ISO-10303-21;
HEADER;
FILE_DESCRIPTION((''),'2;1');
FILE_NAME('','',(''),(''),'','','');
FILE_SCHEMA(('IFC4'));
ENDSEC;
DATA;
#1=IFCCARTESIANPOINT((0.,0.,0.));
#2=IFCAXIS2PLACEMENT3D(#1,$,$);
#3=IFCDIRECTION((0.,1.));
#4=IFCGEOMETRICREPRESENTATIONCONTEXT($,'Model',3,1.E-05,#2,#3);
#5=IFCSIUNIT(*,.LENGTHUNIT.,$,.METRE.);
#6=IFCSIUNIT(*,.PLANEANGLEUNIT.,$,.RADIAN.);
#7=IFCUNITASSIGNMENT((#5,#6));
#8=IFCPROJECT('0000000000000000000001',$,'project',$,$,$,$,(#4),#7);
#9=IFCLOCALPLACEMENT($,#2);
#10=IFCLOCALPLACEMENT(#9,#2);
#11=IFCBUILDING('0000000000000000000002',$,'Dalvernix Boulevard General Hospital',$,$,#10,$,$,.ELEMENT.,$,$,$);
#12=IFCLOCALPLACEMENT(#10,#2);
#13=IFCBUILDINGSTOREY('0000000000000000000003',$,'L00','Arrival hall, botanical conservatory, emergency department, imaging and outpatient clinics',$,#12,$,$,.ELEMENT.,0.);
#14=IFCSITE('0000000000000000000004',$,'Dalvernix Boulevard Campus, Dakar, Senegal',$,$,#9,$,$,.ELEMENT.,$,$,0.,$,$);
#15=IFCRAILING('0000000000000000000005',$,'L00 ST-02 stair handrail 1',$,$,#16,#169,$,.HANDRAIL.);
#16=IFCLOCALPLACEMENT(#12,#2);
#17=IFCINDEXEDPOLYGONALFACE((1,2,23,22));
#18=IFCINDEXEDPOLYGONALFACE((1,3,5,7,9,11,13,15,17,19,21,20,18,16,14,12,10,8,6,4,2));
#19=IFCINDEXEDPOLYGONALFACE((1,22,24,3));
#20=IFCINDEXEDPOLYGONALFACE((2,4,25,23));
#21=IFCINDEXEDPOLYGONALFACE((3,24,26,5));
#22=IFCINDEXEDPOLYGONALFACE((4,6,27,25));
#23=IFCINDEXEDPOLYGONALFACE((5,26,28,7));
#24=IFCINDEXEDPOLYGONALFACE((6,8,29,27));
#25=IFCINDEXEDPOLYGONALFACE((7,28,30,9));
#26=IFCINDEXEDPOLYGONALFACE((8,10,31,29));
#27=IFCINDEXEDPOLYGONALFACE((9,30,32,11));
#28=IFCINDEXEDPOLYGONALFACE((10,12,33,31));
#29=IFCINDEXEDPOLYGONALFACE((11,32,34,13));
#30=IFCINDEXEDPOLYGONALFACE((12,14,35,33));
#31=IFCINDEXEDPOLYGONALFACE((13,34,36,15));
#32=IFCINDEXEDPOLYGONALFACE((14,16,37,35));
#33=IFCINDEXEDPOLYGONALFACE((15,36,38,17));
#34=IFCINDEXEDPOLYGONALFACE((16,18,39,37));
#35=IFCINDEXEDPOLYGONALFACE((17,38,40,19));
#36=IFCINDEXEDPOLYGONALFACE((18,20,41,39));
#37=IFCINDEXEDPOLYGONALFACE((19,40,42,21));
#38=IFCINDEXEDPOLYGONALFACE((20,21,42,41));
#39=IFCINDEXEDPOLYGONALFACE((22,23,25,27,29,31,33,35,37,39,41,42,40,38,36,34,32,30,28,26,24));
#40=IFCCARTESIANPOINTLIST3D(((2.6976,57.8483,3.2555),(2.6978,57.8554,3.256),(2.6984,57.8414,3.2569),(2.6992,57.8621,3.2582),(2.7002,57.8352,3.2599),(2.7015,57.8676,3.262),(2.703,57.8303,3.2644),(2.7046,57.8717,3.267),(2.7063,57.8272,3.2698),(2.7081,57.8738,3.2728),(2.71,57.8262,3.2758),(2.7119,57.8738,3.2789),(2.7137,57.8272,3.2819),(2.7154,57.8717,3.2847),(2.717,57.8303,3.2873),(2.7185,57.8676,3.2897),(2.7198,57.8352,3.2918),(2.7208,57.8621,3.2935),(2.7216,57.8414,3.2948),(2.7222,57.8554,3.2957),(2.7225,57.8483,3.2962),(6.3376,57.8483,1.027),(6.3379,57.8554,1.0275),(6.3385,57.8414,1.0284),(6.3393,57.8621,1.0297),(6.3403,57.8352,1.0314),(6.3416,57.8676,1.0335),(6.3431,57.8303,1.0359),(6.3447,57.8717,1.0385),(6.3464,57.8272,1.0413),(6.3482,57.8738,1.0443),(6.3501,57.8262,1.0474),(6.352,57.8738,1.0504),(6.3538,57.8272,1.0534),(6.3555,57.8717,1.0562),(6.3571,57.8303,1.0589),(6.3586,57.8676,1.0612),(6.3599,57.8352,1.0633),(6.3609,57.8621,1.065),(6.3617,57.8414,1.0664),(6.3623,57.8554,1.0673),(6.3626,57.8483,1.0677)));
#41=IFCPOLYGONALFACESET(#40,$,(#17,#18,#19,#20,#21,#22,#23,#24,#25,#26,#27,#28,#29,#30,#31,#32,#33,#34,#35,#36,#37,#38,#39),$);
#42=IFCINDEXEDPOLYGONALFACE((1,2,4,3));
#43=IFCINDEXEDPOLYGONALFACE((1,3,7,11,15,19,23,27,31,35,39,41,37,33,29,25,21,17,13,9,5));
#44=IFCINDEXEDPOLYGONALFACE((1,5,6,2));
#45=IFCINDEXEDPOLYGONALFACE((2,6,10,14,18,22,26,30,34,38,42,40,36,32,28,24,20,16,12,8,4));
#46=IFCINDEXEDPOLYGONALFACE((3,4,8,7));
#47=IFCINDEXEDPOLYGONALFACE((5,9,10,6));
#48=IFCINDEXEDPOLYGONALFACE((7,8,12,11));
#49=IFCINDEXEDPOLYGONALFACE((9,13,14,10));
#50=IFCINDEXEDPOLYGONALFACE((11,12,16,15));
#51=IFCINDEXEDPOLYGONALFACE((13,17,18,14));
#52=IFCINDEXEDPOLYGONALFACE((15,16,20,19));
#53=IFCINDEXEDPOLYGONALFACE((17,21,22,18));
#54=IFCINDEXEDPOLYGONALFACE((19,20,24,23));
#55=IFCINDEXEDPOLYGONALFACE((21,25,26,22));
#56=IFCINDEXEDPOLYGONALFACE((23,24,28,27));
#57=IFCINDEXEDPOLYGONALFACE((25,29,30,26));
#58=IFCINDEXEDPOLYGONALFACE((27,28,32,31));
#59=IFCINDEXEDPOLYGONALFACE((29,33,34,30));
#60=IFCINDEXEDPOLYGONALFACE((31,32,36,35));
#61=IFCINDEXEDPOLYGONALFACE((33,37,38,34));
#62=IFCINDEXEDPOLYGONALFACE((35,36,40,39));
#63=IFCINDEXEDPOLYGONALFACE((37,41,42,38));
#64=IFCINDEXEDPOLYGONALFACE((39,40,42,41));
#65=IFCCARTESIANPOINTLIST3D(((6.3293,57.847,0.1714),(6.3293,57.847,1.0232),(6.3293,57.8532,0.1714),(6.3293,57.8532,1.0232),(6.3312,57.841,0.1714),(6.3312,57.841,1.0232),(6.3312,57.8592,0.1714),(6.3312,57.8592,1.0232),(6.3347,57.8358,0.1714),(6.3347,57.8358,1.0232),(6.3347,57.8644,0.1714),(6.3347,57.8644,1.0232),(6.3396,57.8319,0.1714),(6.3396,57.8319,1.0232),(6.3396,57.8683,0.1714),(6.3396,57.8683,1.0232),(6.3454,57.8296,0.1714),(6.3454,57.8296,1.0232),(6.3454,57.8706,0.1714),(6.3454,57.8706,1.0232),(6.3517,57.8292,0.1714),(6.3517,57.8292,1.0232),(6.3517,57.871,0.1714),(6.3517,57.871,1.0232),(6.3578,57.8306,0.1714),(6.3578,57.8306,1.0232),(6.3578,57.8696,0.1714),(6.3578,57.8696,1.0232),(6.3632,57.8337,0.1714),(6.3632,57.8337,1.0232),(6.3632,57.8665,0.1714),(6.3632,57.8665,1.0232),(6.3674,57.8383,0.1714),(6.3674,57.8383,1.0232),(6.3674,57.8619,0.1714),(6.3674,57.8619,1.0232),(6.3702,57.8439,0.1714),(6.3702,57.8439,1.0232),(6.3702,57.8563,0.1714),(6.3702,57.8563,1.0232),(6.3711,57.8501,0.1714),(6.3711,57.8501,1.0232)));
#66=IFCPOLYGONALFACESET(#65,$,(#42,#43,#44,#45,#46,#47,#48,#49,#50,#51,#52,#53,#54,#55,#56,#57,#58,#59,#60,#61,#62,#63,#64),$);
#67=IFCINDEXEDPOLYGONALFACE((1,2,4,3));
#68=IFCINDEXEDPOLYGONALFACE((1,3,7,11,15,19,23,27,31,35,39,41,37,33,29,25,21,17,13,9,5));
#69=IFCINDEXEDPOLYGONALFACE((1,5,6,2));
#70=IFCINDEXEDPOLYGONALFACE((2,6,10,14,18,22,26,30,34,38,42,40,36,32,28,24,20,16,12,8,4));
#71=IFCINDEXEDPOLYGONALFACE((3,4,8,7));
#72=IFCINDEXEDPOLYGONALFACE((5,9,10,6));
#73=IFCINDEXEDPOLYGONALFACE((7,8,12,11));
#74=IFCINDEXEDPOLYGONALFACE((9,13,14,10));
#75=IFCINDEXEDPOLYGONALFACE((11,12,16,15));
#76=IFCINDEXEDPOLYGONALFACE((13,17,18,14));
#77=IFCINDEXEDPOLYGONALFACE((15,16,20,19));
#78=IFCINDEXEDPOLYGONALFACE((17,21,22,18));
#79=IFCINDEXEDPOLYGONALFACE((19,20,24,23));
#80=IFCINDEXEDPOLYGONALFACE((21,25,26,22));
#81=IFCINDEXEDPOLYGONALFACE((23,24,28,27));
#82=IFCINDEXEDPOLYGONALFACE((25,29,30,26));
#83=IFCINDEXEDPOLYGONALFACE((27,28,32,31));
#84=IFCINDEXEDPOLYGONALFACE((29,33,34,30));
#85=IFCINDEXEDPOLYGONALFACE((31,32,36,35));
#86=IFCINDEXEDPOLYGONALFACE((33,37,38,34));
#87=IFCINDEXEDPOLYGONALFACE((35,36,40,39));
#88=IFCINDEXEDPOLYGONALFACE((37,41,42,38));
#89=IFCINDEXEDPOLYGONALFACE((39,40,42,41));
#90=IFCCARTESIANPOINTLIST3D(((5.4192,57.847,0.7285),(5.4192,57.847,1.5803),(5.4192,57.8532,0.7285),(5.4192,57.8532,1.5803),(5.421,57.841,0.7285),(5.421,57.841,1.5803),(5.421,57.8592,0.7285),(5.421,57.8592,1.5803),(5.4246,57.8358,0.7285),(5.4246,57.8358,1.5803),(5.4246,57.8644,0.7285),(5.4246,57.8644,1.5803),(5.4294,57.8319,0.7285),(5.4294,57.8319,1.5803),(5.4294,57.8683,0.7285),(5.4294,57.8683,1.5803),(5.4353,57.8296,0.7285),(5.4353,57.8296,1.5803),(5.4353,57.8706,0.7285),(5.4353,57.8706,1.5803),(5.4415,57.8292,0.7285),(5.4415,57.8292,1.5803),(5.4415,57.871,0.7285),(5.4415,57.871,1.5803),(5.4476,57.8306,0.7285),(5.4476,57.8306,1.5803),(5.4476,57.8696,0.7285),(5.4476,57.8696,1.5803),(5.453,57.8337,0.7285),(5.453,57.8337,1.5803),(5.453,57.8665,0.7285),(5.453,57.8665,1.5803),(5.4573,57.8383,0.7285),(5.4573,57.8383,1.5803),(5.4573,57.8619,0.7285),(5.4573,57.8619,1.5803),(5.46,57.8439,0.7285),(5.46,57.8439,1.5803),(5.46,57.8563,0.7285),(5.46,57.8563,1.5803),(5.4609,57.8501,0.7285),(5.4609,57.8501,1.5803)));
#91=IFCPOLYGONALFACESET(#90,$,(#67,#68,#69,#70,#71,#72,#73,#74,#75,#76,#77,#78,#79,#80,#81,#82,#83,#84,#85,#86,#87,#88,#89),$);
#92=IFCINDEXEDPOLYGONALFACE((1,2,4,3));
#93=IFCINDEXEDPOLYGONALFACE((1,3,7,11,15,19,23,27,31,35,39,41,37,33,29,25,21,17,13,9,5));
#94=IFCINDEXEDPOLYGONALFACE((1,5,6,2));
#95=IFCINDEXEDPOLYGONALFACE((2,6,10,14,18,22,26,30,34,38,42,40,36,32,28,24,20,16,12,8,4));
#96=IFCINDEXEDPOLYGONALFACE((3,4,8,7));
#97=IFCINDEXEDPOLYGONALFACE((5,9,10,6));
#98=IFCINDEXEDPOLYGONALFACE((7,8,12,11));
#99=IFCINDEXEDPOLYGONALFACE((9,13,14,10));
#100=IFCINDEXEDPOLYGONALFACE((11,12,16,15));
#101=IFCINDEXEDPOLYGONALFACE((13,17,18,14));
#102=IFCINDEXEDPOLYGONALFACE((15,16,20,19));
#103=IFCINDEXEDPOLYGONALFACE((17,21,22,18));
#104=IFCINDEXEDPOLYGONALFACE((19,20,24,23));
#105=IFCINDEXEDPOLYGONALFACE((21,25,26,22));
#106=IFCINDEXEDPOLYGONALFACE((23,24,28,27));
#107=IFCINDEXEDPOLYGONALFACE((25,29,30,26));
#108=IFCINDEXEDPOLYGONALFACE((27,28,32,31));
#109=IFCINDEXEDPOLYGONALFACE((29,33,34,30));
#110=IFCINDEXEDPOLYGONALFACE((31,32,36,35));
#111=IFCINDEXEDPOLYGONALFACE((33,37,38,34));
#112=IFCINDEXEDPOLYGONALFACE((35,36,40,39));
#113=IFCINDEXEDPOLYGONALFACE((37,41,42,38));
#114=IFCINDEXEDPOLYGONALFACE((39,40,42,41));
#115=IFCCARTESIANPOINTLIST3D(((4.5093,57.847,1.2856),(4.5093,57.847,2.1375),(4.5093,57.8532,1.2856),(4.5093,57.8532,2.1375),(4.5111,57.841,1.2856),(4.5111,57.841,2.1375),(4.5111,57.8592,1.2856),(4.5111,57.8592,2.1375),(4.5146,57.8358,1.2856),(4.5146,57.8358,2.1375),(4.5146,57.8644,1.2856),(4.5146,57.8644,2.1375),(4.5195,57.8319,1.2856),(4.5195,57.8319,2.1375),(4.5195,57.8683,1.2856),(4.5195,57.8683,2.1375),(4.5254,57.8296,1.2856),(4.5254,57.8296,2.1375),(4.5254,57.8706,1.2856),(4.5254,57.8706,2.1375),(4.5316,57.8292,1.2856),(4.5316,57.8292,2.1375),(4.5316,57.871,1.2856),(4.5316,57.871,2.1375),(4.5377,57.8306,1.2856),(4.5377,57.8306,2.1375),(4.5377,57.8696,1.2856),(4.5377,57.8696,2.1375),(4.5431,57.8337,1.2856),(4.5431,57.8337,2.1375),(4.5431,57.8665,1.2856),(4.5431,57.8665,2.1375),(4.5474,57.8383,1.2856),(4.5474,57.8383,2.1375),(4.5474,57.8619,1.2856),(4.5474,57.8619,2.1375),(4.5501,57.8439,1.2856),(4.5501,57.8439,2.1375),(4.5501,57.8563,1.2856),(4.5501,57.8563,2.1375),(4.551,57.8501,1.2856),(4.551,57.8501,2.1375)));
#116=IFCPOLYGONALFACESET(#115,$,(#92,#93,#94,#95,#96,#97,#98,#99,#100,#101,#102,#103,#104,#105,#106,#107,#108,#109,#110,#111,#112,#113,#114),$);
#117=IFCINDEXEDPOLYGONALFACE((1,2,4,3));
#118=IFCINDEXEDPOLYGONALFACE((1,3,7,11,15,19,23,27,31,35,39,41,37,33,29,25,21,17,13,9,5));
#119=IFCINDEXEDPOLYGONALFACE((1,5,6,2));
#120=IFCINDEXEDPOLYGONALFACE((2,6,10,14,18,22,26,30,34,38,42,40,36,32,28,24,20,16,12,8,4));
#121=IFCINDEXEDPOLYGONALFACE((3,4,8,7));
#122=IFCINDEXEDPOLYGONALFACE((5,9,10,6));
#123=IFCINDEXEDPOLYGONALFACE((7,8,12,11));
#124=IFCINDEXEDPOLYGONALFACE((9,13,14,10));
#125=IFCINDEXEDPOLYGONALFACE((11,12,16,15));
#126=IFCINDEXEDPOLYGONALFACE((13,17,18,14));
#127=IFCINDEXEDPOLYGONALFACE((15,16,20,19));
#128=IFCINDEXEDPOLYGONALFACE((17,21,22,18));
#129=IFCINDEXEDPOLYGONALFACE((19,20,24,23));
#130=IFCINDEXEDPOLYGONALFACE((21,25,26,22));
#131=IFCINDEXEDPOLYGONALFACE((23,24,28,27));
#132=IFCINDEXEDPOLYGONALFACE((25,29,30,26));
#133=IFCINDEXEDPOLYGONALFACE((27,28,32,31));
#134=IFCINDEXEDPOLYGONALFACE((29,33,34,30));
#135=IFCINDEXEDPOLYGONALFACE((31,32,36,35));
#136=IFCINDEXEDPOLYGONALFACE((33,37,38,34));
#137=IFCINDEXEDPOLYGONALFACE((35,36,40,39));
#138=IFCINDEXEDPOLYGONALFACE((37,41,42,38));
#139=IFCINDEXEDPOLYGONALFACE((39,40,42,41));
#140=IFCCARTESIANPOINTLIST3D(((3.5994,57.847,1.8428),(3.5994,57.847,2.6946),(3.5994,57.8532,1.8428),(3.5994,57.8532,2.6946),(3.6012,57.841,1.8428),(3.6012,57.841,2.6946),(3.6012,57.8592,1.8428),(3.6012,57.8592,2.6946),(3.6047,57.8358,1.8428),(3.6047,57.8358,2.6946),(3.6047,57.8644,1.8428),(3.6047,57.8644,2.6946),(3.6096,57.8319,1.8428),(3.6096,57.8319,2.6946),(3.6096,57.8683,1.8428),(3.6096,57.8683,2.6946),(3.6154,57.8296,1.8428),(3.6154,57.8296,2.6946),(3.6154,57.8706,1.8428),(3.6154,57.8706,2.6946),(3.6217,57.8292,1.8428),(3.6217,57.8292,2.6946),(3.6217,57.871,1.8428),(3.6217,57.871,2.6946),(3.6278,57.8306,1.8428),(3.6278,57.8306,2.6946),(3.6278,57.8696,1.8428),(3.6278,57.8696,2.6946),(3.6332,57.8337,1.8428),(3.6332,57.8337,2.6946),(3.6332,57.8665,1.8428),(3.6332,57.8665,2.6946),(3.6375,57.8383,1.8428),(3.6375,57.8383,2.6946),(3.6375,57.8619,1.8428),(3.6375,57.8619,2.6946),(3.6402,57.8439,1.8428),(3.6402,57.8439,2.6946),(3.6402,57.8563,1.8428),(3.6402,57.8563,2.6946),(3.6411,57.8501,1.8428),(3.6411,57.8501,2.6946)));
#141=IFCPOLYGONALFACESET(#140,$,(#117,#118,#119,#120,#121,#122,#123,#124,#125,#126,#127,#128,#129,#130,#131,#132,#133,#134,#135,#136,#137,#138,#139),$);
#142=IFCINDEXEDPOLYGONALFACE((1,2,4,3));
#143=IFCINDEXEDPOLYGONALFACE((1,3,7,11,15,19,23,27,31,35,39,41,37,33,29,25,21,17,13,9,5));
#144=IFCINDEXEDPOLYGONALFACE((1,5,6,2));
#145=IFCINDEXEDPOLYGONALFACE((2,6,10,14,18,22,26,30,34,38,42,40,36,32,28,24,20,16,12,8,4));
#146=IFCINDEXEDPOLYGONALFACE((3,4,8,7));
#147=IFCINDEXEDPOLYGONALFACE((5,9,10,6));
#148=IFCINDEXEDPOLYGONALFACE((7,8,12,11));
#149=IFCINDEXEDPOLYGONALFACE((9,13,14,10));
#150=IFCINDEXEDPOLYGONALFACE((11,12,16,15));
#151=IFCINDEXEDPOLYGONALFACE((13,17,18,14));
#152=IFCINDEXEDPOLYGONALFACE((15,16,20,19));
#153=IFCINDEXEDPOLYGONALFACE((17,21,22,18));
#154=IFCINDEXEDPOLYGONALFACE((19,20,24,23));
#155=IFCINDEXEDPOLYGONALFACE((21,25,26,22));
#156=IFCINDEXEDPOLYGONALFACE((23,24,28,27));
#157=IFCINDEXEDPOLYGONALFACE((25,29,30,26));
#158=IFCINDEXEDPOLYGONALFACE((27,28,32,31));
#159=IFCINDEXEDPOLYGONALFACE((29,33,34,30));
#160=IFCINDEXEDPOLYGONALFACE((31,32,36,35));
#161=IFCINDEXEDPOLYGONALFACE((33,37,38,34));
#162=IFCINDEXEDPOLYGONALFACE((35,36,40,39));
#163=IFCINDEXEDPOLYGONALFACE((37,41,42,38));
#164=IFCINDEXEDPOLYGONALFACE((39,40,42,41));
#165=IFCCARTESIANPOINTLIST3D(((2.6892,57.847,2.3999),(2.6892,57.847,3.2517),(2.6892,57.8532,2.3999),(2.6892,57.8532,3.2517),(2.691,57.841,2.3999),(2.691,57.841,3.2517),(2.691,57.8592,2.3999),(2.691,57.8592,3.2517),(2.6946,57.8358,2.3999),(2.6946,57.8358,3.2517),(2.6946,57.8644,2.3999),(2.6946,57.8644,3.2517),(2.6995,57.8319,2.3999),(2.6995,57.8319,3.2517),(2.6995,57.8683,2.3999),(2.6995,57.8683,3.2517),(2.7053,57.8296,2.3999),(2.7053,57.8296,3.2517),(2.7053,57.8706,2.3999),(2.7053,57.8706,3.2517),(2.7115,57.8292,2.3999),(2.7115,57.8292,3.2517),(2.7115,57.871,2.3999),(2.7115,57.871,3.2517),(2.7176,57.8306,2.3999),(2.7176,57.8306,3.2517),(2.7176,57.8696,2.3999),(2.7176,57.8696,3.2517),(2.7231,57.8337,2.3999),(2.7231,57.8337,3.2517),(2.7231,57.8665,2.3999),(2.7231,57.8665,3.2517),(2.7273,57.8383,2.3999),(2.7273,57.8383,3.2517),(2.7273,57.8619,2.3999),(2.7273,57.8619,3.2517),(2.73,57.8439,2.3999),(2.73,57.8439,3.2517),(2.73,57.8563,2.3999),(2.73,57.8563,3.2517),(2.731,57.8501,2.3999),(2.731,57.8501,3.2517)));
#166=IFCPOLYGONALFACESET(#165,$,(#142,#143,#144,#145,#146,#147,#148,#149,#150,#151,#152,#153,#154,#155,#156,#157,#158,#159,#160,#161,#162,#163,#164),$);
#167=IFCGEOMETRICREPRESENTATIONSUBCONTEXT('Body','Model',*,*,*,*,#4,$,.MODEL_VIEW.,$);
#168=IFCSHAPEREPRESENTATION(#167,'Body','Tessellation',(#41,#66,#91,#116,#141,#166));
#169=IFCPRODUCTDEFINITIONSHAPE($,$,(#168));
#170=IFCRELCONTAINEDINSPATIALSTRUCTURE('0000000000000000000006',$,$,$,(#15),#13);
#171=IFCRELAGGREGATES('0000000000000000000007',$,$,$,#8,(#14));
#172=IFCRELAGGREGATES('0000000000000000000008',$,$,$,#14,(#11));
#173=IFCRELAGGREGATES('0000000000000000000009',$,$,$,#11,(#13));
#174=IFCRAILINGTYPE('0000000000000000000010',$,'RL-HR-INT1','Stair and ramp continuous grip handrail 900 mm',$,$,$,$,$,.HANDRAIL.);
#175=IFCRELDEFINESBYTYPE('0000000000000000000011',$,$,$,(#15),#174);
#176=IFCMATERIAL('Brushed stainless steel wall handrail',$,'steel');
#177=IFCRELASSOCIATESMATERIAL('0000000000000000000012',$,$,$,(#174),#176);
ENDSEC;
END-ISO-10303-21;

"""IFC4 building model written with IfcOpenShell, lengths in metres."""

from ifc_helpers import new_model, si_unit, direction, frame, origin, origin_2d, place, context, subcontext, project, spatial, circle, extrude, material, type_object, element, save


model = new_model("IFC4")

# Units and contexts
model_context = context("Model", 3, precision=1e-05, world=origin(), true_north=direction((0.0, 1.0)))
body_context = subcontext(model_context, "Body", "Model", "MODEL_VIEW")
ifc_project = project(units=[si_unit("LENGTHUNIT", "METRE"), si_unit("PLANEANGLEUNIT", "RADIAN")], contexts=[model_context])

# Site, building, storey
site_placement = place(None, origin())
site = spatial("IfcSite", under=ifc_project, at=site_placement, Name="Dalvernix Boulevard Campus, Dakar, Senegal", CompositionType="ELEMENT", RefElevation=0.0)
building_placement = place(site_placement, origin())
building = spatial("IfcBuilding", under=site, at=building_placement, Name="Dalvernix Boulevard General Hospital", CompositionType="ELEMENT")
storey_placement = place(building_placement, origin())
storey = spatial("IfcBuildingStorey", under=building, at=storey_placement, Name="L00", Description="Arrival hall, botanical conservatory, emergency department, imaging and outpatient clinics", CompositionType="ELEMENT", Elevation=0.0)

# Railing
ifc_material_1 = material(Name="Brushed stainless steel wall handrail", Category="steel")
railing_type = type_object("IfcRailingType", Name="RL-HR-INT1", Description="Stair and ramp continuous grip handrail 900 mm", PredefinedType="HANDRAIL", material=ifc_material_1)
railing_placement = place(storey_placement, frame((6.3501, 57.8501, 0.1714)))
element("IfcRailing", 1, at=railing_placement, inside=storey, type_object=railing_type, Name="L00 ST-02 stair handrail 1", PredefinedType="HANDRAIL", context=body_context, shape_type="SweptSolid", body=[
    extrude(circle(Radius=0.0239, at=origin_2d()), frame((0.0, 0.0, 0.876), z_axis=(-0.852866, 0.0, 0.52213), x_axis=(0.0, -1.0, 0.0)), (0.0, 0.0, 1.0), 4.2681),
    extrude(circle(Radius=0.021, at=origin_2d()), origin(), (0.0, 0.0, 1.0), 0.8518),
    extrude(circle(Radius=0.021, at=origin_2d()), frame((-0.9102, 0.0, 0.5571)), (0.0, 0.0, 1.0), 0.8518),
    extrude(circle(Radius=0.021, at=origin_2d()), frame((-1.8201, 0.0, 1.1143)), (0.0, 0.0, 1.0), 0.8518),
    extrude(circle(Radius=0.021, at=origin_2d()), frame((-2.73, 0.0, 1.6714)), (0.0, 0.0, 1.0), 0.8518),
    extrude(circle(Radius=0.021, at=origin_2d()), frame((-3.6401, 0.0, 2.2285)), (0.0, 0.0, 1.0), 0.8518),
])

save(model, "model.ifc")
